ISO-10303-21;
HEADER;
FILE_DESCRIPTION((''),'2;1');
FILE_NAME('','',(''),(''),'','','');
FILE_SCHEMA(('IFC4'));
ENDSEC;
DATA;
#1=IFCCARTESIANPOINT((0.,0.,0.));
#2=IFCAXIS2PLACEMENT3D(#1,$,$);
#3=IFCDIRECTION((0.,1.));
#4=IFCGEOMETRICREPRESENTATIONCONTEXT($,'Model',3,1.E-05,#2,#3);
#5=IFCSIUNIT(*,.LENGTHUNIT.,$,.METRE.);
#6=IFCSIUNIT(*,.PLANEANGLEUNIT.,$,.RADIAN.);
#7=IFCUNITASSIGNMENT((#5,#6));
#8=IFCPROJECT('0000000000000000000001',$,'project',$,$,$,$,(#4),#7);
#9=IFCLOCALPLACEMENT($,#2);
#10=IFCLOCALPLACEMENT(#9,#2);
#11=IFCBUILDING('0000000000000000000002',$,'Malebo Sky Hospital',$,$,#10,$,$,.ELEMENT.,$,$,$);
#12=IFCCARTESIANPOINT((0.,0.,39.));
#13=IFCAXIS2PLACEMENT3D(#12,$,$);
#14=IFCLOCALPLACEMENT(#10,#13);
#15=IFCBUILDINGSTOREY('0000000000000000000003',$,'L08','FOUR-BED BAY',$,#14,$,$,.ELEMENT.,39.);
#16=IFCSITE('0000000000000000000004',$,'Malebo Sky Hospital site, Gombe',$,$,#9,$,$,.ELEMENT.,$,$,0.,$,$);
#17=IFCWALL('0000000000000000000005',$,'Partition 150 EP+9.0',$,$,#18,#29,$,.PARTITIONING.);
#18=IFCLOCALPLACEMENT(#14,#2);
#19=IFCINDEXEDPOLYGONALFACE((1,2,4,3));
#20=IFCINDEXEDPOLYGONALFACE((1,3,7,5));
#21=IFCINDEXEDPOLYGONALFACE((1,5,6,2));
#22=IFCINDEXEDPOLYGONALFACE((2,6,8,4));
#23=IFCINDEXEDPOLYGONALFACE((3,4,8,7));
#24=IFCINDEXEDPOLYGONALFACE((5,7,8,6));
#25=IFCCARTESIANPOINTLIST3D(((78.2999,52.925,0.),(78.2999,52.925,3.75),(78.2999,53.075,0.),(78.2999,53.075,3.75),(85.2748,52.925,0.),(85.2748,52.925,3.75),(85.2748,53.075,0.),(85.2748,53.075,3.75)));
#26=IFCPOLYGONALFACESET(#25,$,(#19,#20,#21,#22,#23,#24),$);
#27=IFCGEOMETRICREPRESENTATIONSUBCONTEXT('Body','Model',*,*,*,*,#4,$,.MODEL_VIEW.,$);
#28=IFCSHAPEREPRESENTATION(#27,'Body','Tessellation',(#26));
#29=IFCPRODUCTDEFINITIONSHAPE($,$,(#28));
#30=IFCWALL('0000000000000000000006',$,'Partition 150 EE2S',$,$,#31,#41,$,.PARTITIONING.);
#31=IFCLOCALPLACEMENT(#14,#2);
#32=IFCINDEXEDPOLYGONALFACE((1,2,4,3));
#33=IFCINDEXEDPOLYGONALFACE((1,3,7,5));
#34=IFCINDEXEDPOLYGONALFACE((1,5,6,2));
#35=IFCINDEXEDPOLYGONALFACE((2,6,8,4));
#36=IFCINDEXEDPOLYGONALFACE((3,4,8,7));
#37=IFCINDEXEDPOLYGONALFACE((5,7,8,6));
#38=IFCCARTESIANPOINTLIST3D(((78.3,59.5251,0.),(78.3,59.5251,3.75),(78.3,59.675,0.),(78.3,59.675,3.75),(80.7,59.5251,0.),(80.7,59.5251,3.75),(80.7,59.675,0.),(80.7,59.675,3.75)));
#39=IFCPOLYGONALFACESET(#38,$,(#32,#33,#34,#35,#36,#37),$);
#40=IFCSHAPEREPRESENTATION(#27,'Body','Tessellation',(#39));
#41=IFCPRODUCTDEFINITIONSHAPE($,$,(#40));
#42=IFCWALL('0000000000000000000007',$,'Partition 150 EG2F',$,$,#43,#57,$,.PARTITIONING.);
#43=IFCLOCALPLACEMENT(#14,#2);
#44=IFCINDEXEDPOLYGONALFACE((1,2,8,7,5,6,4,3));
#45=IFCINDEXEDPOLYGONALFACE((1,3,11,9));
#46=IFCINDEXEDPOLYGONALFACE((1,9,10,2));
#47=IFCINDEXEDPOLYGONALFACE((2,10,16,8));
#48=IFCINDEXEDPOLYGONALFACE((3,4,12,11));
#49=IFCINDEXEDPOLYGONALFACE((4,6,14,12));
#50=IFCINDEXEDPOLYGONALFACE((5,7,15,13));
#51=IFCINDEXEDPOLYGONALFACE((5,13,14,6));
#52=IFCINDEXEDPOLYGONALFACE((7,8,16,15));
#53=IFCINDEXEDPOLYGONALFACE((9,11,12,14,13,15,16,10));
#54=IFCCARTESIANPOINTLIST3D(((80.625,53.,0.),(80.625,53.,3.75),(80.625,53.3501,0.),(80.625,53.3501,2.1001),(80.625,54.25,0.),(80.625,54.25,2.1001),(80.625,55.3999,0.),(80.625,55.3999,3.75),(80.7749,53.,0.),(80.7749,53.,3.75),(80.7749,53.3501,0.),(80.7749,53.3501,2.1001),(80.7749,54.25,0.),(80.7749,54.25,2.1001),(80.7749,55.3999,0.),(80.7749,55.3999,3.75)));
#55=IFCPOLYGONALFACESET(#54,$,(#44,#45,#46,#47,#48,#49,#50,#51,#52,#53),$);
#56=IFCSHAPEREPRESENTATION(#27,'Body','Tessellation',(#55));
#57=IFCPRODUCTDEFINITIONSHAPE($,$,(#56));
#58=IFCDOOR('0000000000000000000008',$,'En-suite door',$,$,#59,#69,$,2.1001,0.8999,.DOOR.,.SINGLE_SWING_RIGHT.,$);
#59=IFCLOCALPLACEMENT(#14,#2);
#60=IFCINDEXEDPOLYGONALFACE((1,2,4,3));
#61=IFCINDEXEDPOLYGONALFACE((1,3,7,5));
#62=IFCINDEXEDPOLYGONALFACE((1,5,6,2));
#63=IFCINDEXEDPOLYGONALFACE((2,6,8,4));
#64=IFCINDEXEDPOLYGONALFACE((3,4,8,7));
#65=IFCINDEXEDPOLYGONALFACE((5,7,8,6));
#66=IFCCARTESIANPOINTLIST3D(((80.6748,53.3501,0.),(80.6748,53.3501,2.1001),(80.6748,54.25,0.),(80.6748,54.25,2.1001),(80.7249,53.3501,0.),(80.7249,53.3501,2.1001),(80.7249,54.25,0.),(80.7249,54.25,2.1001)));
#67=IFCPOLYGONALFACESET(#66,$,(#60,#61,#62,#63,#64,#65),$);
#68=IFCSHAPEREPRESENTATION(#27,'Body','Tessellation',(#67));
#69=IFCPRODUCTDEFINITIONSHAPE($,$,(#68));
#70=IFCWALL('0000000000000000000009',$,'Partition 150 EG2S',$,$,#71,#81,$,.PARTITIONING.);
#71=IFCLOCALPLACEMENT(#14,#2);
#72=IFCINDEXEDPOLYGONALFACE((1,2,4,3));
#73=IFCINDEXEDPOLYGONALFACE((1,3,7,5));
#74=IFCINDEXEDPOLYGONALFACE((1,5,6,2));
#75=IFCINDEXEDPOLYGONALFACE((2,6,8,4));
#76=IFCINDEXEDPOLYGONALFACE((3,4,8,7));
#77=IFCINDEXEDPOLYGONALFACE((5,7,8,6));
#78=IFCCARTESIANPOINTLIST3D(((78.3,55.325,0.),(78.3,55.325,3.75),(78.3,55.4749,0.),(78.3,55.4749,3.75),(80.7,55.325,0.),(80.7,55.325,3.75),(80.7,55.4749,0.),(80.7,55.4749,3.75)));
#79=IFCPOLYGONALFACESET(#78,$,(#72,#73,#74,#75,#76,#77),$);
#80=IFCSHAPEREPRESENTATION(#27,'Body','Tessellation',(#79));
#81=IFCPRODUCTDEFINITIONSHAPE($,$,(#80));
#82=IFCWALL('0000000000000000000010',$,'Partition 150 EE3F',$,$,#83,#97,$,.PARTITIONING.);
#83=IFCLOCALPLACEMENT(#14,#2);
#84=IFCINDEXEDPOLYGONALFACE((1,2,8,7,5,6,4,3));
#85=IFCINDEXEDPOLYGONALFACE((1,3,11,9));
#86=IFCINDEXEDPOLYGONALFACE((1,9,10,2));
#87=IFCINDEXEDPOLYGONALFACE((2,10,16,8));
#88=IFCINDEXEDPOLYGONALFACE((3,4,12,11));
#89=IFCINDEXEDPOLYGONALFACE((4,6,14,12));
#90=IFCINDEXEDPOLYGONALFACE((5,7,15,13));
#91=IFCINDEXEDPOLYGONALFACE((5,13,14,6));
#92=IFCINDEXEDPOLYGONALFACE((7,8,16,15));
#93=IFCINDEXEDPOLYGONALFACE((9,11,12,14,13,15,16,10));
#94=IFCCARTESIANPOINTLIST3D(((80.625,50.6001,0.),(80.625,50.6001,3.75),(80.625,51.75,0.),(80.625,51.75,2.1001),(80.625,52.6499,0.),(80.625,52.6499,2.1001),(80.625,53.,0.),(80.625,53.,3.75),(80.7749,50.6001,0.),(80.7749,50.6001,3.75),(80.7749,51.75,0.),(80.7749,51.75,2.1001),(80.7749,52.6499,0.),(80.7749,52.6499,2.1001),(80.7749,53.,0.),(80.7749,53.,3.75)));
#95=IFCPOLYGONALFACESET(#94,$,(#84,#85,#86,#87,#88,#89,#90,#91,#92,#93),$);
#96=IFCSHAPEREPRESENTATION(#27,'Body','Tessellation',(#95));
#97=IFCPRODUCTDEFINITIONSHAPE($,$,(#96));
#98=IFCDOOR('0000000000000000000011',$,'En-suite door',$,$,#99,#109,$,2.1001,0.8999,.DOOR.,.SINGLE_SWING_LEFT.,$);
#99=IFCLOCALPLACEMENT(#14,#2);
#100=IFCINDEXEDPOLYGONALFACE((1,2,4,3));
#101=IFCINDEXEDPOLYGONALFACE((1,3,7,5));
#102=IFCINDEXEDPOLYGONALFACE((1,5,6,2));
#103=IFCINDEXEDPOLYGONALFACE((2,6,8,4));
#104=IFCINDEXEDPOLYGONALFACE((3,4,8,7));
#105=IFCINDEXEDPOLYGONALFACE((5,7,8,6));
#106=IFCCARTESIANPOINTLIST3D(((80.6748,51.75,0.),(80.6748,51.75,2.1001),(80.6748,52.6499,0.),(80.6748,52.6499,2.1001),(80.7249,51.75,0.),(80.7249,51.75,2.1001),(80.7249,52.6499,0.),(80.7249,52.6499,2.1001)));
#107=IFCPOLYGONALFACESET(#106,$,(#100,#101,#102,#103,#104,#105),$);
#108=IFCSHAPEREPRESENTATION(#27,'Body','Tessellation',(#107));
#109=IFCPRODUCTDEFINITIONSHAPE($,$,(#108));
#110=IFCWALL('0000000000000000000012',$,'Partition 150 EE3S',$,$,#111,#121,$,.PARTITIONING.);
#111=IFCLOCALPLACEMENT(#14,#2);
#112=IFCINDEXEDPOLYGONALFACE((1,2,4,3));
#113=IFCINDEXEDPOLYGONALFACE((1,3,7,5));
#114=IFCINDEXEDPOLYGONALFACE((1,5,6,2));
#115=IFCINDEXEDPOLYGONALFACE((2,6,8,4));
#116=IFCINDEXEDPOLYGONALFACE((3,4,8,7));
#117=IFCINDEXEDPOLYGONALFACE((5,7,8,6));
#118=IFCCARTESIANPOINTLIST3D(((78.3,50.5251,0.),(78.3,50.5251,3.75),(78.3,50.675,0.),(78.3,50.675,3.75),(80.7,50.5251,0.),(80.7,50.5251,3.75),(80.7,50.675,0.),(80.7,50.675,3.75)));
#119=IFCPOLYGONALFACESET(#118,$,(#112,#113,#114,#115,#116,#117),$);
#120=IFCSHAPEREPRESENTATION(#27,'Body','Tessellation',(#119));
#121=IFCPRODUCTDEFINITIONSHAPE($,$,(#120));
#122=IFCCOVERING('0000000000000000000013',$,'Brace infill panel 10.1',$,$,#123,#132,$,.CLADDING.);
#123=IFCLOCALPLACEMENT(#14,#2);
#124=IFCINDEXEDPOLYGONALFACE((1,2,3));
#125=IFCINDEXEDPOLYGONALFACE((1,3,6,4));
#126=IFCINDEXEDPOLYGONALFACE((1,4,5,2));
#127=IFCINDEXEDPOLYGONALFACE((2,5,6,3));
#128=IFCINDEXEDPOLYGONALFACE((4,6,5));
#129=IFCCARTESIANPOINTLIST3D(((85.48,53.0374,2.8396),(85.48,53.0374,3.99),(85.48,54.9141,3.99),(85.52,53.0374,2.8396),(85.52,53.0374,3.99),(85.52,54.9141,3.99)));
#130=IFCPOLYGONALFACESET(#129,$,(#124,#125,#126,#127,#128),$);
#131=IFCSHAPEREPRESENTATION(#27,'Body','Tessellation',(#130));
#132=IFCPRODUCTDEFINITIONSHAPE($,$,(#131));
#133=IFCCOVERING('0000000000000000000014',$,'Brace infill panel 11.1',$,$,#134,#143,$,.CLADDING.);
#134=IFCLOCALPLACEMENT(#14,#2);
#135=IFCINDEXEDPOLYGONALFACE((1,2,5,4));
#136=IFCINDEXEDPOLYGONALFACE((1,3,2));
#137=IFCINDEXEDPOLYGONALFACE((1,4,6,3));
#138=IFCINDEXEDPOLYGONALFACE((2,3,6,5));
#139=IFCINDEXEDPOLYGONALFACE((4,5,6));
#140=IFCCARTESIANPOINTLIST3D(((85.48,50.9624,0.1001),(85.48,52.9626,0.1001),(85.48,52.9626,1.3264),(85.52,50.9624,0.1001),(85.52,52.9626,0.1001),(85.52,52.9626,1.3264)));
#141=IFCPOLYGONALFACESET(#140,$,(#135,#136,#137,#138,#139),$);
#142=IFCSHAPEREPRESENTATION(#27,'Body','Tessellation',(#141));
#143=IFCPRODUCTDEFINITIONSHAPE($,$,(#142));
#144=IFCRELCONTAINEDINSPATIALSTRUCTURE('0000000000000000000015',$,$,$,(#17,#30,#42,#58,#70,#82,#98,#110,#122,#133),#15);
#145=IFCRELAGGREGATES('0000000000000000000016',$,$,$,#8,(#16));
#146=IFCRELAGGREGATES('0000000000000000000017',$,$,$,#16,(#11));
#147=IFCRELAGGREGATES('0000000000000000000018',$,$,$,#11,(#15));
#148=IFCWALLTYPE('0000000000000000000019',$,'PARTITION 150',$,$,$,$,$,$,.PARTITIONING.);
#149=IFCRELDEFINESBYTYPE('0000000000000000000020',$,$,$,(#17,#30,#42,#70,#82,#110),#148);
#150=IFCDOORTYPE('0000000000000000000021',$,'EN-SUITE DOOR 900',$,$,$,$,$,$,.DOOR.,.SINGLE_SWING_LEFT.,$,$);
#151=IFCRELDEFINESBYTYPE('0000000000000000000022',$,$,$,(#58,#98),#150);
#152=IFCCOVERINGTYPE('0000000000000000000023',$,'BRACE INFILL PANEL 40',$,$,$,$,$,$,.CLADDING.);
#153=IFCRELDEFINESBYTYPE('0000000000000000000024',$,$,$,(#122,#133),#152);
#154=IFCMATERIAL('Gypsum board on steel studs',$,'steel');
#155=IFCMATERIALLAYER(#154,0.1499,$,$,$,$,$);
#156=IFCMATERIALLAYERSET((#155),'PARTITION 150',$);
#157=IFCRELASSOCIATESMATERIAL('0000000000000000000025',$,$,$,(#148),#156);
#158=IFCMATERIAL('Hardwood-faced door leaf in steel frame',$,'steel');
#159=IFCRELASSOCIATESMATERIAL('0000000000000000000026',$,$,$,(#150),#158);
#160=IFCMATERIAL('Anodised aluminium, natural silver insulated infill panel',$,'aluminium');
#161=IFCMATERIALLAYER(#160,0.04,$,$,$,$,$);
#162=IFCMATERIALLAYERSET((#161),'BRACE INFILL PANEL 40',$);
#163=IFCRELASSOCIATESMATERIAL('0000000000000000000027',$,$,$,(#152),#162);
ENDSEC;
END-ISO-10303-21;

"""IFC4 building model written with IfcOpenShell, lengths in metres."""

from ifc_helpers import new_model, si_unit, direction, frame, frame_2d, origin, place, context, subcontext, project, spatial, polyline, rectangle, outline, extrude, material, layer, layer_set, type_object, element, fill, save


model = new_model("IFC4")

# Units and contexts
model_context = context("Model", 3, precision=1e-05, world=origin(), true_north=direction((0.0, 1.0)))
body_context = subcontext(model_context, "Body", "Model", "MODEL_VIEW")
ifc_project = project(units=[si_unit("LENGTHUNIT", "METRE"), si_unit("PLANEANGLEUNIT", "RADIAN")], contexts=[model_context])

# Site, building, storey
site_placement = place(None, origin())
site = spatial("IfcSite", under=ifc_project, at=site_placement, Name="Malebo Sky Hospital site, Gombe", CompositionType="ELEMENT", RefElevation=0.0)
building_placement = place(site_placement, origin())
building = spatial("IfcBuilding", under=site, at=building_placement, Name="Malebo Sky Hospital", CompositionType="ELEMENT")
storey_placement = place(building_placement, frame((0.0, 0.0, 39.0)))
storey = spatial("IfcBuildingStorey", under=building, at=storey_placement, Name="L08", Description="FOUR-BED BAY", CompositionType="ELEMENT", Elevation=39.0)

# Walls
ifc_material_1 = material(Name="Gypsum board on steel studs", Category="steel")
ifc_layer_1 = layer(ifc_material_1, 0.1499)
ifc_layer_set_1 = layer_set([ifc_layer_1], Name="PARTITION 150")
wall_type = type_object("IfcWallType", Name="PARTITION 150", PredefinedType="PARTITIONING", material=ifc_layer_set_1)
wall_1_placement = place(storey_placement, frame((78.3, 53.0, 0.0), z_axis=(0.0, 0.0, 1.0), x_axis=(1.0, 0.0, 0.0)))
element("IfcWall", 1, at=wall_1_placement, inside=storey, type_object=wall_type, Name="Partition 150 EP+9.0", PredefinedType="PARTITIONING", context=body_context, shape_type="SweptSolid", body=[
    extrude(rectangle(XDim=6.9749, YDim=0.1499, at=frame_2d((3.4873, 0.0))), origin(), (0.0, 0.0, 1.0), 3.75),
])
wall_2_placement = place(storey_placement, frame((78.3, 59.6001, 0.0), z_axis=(0.0, 0.0, 1.0), x_axis=(1.0, 0.0, 0.0)))
element("IfcWall", 2, at=wall_2_placement, inside=storey, type_object=wall_type, Name="Partition 150 EE2S", PredefinedType="PARTITIONING", context=body_context, shape_type="SweptSolid", body=[
    extrude(rectangle(XDim=2.3999, YDim=0.1499, at=frame_2d((1.2, 0.0))), origin(), (0.0, 0.0, 1.0), 3.75),
])

# Wall, opening, door
wall_3_placement = place(storey_placement, frame((80.7, 55.3999, 0.0), z_axis=(0.0, 0.0, 1.0), x_axis=(0.0, -1.0, 0.0)))
wall_3 = element("IfcWall", 3, at=wall_3_placement, inside=storey, type_object=wall_type, Name="Partition 150 EG2F", PredefinedType="PARTITIONING", context=body_context, shape_type="SweptSolid", body=[
    extrude(rectangle(XDim=2.3999, YDim=0.1499, at=frame_2d((1.2, 0.0))), origin(), (0.0, 0.0, 1.0), 3.75),
])
opening_1_placement = place(wall_3_placement, frame((1.1499, 0.0, 0.0)))
opening_1 = element("IfcOpeningElement", 4, at=opening_1_placement, cuts=wall_3, PredefinedType="OPENING", context=body_context, shape_type="SweptSolid", body=[
    extrude(rectangle(XDim=0.8999, YDim=2.1001, at=frame_2d((0.45, 1.05))), frame((0.0, 0.085, 0.0), z_axis=(0.0, -1.0, 0.0), x_axis=(1.0, 0.0, 0.0)), (0.0, 0.0, 1.0), 0.1699),
])
ifc_material_2 = material(Name="Hardwood-faced door leaf in steel frame", Category="steel")
door_type = type_object("IfcDoorType", Name="EN-SUITE DOOR 900", OperationType="SINGLE_SWING_LEFT", PredefinedType="DOOR", material=ifc_material_2)
door_1_placement = place(opening_1_placement, origin())
door_1 = element("IfcDoor", 5, at=door_1_placement, inside=storey, type_object=door_type, Name="En-suite door", OperationType="SINGLE_SWING_RIGHT", OverallHeight=2.1001, OverallWidth=0.8999, PredefinedType="DOOR", context=body_context, shape_type="SweptSolid", body=[
    extrude(rectangle(XDim=0.8999, YDim=2.1001, at=frame_2d((0.45, 1.05))), frame((0.0, 0.0249, 0.0), z_axis=(0.0, -1.0, 0.0), x_axis=(1.0, 0.0, 0.0)), (0.0, 0.0, 1.0), 0.05),
])
fill(opening_1, door_1)

# Wall
wall_4_placement = place(storey_placement, frame((78.3, 55.3999, 0.0), z_axis=(0.0, 0.0, 1.0), x_axis=(1.0, 0.0, 0.0)))
element("IfcWall", 6, at=wall_4_placement, inside=storey, type_object=wall_type, Name="Partition 150 EG2S", PredefinedType="PARTITIONING", context=body_context, shape_type="SweptSolid", body=[
    extrude(rectangle(XDim=2.3999, YDim=0.1499, at=frame_2d((1.2, 0.0))), origin(), (0.0, 0.0, 1.0), 3.75),
])

# Wall, opening, door
wall_5_placement = place(storey_placement, frame((80.7, 53.0, 0.0), z_axis=(0.0, 0.0, 1.0), x_axis=(0.0, -1.0, 0.0)))
wall_5 = element("IfcWall", 7, at=wall_5_placement, inside=storey, type_object=wall_type, Name="Partition 150 EE3F", PredefinedType="PARTITIONING", context=body_context, shape_type="SweptSolid", body=[
    extrude(rectangle(XDim=2.3999, YDim=0.1499, at=frame_2d((1.2, 0.0))), origin(), (0.0, 0.0, 1.0), 3.75),
])
opening_2_placement = place(wall_5_placement, frame((0.3501, 0.0, 0.0)))
opening_2 = element("IfcOpeningElement", 8, at=opening_2_placement, cuts=wall_5, PredefinedType="OPENING", context=body_context, shape_type="SweptSolid", body=[
    extrude(rectangle(XDim=0.8999, YDim=2.1001, at=frame_2d((0.45, 1.05))), frame((0.0, 0.085, 0.0), z_axis=(0.0, -1.0, 0.0), x_axis=(1.0, 0.0, 0.0)), (0.0, 0.0, 1.0), 0.1699),
])
door_2_placement = place(opening_2_placement, origin())
door_2 = element("IfcDoor", 9, at=door_2_placement, inside=storey, type_object=door_type, Name="En-suite door", OperationType="SINGLE_SWING_LEFT", OverallHeight=2.1001, OverallWidth=0.8999, PredefinedType="DOOR", context=body_context, shape_type="SweptSolid", body=[
    extrude(rectangle(XDim=0.8999, YDim=2.1001, at=frame_2d((0.45, 1.05))), frame((0.0, 0.0249, 0.0), z_axis=(0.0, -1.0, 0.0), x_axis=(1.0, 0.0, 0.0)), (0.0, 0.0, 1.0), 0.05),
])
fill(opening_2, door_2)

# Wall
wall_6_placement = place(storey_placement, frame((78.3, 50.6001, 0.0), z_axis=(0.0, 0.0, 1.0), x_axis=(1.0, 0.0, 0.0)))
element("IfcWall", 10, at=wall_6_placement, inside=storey, type_object=wall_type, Name="Partition 150 EE3S", PredefinedType="PARTITIONING", context=body_context, shape_type="SweptSolid", body=[
    extrude(rectangle(XDim=2.3999, YDim=0.1499, at=frame_2d((1.2, 0.0))), origin(), (0.0, 0.0, 1.0), 3.75),
])

# Coverings
ifc_material_3 = material(Name="Anodised aluminium, natural silver insulated infill panel", Category="aluminium")
ifc_layer_2 = layer(ifc_material_3, 0.04)
ifc_layer_set_2 = layer_set([ifc_layer_2], Name="BRACE INFILL PANEL 40")
covering_type = type_object("IfcCoveringType", Name="BRACE INFILL PANEL 40", PredefinedType="CLADDING", material=ifc_layer_set_2)
covering_1_placement = place(storey_placement, frame((85.5, 53.9758, 2.8396), z_axis=(0.0, 0.0, 1.0), x_axis=(0.0, -1.0, 0.0)))
element("IfcCovering", 11, at=covering_1_placement, inside=storey, type_object=covering_type, Name="Brace infill panel 10.1", PredefinedType="CLADDING", context=body_context, shape_type="SweptSolid", body=[
    extrude(outline(polyline([(0.9385, 0.0), (0.9385, 1.1504), (-0.9382, 1.1504), (0.9385, 0.0)])), frame((0.0, 0.02, 0.0), z_axis=(0.0, -1.0, 0.0), x_axis=(1.0, 0.0, 0.0)), (0.0, 0.0, 1.0), 0.04),
])
covering_2_placement = place(storey_placement, frame((85.5, 51.9624, 0.1001), z_axis=(0.0, 0.0, 1.0), x_axis=(0.0, -1.0, 0.0)))
element("IfcCovering", 12, at=covering_2_placement, inside=storey, type_object=covering_type, Name="Brace infill panel 11.1", PredefinedType="CLADDING", context=body_context, shape_type="SweptSolid", body=[
    extrude(outline(polyline([(-1.0002, 0.0), (1.0, 0.0), (-1.0002, 1.2263), (-1.0002, 0.0)])), frame((0.0, 0.02, 0.0), z_axis=(0.0, -1.0, 0.0), x_axis=(1.0, 0.0, 0.0)), (0.0, 0.0, 1.0), 0.04),
])

save(model, "model.ifc")
